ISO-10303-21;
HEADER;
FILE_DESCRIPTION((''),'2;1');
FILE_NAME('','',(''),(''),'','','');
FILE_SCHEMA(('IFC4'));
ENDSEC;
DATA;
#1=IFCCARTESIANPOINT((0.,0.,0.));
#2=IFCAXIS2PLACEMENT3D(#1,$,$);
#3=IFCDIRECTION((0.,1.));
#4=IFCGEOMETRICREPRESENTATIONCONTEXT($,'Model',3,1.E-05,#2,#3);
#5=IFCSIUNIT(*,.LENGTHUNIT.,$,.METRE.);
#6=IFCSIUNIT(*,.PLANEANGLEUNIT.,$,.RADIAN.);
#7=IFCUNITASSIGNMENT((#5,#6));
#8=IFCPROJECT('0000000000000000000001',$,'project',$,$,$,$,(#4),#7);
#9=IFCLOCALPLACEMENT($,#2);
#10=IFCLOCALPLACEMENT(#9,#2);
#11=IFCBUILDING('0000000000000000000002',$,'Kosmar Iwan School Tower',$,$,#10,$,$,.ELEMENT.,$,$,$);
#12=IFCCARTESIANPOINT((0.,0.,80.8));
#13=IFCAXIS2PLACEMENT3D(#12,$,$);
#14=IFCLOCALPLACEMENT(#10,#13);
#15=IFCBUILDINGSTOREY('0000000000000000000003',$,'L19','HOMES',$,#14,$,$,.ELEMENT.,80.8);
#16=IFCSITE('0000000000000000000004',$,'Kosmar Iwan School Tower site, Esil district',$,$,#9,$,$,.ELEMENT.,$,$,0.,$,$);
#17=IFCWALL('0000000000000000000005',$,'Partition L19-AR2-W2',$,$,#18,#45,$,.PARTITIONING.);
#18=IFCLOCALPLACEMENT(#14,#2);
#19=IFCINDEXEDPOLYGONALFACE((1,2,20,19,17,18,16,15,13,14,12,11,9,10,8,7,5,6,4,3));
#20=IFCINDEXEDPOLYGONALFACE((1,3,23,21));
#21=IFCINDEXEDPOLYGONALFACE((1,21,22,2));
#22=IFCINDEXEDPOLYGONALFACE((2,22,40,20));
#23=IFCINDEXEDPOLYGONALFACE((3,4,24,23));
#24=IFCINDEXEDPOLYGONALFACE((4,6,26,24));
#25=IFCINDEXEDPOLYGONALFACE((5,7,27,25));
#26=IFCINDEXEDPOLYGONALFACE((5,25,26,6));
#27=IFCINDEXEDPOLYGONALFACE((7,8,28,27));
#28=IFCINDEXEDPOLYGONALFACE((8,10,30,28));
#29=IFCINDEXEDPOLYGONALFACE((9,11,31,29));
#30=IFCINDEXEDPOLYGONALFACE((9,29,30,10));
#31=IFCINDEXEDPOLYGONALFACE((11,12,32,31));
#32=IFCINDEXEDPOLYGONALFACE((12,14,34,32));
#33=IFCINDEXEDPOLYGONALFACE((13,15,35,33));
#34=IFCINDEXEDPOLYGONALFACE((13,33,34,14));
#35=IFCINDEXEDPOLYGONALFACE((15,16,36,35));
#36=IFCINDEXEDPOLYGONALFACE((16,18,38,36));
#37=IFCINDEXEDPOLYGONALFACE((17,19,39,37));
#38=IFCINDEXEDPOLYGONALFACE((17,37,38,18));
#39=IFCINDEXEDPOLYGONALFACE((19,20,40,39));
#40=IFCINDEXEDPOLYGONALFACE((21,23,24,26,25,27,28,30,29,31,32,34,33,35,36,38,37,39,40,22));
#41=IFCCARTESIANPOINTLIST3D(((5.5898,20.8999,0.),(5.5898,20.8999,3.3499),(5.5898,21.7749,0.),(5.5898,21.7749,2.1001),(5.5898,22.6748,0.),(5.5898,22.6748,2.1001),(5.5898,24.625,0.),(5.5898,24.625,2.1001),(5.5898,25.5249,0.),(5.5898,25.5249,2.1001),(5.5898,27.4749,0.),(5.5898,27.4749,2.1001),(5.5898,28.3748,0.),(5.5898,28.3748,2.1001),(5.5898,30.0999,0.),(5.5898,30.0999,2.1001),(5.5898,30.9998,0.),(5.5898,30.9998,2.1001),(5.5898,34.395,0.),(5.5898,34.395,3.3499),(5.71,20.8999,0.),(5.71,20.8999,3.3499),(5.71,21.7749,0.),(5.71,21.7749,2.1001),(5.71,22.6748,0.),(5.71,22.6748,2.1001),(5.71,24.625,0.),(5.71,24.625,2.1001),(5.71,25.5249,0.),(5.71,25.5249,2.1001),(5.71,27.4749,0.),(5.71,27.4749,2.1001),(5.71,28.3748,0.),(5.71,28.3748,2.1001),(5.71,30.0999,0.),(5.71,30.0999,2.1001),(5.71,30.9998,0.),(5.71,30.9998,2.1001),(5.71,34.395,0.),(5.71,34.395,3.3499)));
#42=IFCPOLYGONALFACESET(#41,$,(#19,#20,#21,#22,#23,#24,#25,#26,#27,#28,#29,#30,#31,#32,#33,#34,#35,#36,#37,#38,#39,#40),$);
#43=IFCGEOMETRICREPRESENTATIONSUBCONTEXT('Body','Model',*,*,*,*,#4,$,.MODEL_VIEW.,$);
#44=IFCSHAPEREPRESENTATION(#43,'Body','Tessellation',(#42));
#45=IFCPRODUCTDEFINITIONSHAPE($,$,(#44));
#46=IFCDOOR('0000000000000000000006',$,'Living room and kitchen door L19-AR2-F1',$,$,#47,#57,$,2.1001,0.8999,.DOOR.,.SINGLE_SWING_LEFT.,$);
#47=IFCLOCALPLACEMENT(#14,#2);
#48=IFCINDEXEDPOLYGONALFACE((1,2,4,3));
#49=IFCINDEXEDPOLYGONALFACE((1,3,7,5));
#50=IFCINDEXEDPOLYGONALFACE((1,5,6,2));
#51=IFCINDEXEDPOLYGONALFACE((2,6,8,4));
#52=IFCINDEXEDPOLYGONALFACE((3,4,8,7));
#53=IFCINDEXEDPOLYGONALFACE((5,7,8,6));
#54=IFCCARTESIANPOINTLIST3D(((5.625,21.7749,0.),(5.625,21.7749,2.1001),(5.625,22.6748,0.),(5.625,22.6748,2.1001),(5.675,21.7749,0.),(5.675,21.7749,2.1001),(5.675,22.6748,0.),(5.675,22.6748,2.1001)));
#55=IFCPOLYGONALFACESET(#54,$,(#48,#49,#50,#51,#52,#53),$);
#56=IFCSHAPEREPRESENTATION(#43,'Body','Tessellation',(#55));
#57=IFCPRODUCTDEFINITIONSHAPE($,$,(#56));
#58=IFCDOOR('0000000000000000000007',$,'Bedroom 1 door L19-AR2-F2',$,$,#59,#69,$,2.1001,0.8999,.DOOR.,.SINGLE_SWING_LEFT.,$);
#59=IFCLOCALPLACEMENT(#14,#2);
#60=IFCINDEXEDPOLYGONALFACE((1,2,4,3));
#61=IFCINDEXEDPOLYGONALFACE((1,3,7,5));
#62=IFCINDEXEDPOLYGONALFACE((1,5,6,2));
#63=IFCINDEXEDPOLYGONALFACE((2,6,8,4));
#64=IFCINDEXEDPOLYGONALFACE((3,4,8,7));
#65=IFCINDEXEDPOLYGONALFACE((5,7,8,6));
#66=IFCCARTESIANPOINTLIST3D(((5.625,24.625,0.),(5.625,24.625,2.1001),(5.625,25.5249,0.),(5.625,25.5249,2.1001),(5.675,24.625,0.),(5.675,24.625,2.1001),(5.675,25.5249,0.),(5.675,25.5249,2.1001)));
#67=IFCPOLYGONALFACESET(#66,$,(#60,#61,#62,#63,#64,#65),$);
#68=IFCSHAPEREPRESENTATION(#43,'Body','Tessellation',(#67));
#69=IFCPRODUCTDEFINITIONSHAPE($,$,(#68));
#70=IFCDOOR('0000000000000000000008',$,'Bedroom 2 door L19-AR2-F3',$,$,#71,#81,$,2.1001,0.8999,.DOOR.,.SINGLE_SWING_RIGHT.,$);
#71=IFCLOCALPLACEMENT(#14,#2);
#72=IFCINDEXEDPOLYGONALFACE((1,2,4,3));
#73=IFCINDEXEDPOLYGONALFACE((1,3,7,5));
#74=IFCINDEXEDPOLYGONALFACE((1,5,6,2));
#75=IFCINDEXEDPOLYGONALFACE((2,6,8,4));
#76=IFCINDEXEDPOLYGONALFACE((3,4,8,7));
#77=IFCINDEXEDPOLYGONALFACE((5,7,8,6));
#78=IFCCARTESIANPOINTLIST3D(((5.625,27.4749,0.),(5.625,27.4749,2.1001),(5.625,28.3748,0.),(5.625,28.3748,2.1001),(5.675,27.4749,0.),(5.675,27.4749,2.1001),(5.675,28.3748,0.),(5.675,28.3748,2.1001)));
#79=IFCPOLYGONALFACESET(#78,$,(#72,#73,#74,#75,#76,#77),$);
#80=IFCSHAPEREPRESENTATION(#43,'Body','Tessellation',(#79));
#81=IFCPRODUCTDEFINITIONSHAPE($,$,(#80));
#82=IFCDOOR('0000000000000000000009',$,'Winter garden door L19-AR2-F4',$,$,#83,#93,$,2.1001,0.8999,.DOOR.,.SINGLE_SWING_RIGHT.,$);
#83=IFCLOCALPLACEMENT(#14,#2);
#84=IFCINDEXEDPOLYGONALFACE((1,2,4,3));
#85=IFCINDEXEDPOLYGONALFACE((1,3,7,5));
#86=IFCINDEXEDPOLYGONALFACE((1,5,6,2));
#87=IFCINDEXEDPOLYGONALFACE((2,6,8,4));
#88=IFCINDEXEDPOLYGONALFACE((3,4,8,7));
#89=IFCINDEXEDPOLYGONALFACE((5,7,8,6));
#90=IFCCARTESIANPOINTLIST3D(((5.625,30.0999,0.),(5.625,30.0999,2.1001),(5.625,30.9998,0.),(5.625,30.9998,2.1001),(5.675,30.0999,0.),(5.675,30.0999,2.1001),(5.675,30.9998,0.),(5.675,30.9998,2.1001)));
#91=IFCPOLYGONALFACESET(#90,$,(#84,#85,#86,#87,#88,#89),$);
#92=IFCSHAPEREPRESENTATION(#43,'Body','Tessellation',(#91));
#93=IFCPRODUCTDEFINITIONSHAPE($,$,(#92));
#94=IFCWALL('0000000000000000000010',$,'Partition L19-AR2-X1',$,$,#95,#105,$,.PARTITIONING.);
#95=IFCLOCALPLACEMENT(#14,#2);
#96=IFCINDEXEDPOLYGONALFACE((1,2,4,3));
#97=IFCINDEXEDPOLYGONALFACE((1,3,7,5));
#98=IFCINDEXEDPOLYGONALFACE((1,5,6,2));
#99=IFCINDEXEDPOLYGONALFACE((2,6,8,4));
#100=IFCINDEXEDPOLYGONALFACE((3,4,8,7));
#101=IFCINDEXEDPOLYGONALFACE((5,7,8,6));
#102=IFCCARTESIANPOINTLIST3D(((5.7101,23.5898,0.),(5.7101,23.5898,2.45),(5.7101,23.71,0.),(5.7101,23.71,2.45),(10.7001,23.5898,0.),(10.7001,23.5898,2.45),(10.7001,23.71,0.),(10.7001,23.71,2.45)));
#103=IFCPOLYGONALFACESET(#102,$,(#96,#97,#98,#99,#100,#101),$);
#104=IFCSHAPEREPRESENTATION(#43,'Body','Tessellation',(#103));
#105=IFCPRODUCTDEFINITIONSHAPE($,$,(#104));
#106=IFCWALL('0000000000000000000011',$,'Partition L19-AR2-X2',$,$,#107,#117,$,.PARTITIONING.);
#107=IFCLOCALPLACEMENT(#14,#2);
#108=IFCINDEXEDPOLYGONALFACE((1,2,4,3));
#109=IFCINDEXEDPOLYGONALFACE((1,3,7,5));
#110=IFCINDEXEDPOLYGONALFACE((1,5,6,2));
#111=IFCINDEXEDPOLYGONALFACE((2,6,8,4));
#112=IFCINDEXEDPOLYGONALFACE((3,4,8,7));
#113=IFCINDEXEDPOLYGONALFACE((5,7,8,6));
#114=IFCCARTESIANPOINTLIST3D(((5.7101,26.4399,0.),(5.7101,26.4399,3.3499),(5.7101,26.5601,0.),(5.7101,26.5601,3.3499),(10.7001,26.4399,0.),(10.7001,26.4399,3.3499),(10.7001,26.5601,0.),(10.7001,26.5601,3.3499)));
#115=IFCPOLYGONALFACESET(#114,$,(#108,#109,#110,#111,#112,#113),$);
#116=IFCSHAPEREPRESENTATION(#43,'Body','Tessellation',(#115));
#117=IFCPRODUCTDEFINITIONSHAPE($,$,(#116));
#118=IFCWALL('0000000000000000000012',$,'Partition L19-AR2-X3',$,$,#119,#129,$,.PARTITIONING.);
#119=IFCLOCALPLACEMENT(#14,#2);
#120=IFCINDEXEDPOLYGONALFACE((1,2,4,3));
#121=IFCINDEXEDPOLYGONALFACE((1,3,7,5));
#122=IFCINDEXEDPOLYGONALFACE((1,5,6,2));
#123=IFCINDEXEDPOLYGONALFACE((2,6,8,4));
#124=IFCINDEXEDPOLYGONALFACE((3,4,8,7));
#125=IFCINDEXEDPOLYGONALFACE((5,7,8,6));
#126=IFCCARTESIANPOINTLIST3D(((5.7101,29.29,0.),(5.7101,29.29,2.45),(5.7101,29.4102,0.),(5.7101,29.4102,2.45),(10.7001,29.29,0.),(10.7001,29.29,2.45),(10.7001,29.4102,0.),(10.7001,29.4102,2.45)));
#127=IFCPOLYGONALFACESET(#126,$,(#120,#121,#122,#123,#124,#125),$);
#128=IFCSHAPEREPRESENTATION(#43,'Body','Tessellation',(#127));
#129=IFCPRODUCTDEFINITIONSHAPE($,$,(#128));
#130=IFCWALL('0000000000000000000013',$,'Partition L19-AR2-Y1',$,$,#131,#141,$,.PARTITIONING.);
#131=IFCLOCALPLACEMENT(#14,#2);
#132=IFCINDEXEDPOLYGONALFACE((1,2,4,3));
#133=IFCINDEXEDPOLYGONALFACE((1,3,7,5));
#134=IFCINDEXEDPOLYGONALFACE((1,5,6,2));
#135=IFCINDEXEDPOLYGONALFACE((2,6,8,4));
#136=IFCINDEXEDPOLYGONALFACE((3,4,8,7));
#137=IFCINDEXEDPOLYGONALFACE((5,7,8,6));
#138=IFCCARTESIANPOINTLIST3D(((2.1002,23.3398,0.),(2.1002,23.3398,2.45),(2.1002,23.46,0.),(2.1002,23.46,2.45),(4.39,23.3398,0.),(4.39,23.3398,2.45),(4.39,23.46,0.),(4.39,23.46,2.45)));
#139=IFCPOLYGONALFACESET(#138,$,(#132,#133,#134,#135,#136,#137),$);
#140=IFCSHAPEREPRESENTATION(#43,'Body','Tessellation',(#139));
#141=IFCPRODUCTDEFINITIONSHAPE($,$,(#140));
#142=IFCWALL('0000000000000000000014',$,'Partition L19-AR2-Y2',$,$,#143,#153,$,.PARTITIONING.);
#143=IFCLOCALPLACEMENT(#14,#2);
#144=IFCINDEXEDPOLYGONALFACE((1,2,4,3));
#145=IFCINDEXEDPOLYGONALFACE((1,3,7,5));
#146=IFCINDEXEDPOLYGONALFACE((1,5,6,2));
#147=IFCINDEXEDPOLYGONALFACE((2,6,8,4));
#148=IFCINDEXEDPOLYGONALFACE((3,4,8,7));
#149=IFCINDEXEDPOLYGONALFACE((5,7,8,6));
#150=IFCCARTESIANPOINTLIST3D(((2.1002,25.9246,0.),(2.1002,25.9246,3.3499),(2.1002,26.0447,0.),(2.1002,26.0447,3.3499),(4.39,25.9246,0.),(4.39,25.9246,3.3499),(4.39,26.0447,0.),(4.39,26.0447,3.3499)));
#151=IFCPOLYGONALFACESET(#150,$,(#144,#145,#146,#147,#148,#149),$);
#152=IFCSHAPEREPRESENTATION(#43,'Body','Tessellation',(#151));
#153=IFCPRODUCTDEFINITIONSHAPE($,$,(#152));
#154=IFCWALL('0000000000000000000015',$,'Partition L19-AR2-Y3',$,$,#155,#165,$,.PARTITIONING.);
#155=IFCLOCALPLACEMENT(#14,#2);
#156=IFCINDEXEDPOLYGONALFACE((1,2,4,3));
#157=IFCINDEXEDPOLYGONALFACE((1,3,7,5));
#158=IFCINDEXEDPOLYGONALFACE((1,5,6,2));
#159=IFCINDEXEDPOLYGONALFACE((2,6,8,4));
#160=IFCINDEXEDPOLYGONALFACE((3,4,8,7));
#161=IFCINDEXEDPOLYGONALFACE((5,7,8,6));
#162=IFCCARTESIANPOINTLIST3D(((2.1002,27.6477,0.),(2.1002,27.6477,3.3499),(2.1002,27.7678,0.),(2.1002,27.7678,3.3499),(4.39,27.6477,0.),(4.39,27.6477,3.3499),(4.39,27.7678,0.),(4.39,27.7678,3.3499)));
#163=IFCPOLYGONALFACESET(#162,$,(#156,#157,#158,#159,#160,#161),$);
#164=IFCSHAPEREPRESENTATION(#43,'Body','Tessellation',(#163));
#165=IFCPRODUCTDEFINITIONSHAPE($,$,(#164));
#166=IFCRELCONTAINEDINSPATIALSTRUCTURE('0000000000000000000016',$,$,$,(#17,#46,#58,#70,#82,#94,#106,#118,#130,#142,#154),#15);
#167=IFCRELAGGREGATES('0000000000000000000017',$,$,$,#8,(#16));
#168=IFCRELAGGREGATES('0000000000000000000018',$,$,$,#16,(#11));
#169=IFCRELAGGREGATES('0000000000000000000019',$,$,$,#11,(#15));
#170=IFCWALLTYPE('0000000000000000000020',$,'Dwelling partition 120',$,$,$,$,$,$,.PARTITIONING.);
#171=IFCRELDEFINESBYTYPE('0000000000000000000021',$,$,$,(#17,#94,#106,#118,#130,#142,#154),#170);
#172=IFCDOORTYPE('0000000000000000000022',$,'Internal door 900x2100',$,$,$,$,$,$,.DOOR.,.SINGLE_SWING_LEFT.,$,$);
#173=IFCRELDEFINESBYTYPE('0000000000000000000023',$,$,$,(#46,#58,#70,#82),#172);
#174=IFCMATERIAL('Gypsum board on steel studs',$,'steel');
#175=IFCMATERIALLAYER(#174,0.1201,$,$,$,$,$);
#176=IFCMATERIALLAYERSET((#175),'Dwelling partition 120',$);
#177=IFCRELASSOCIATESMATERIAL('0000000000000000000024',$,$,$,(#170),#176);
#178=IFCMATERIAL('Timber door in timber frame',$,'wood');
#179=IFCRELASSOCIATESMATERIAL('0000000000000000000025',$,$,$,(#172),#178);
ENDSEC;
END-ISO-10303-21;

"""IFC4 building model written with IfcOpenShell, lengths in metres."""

from ifc_helpers import new_model, si_unit, direction, frame, frame_2d, origin, place, context, subcontext, project, spatial, rectangle, extrude, material, layer, layer_set, type_object, element, fill, save


model = new_model("IFC4")

# Units and contexts
model_context = context("Model", 3, precision=1e-05, world=origin(), true_north=direction((0.0, 1.0)))
body_context = subcontext(model_context, "Body", "Model", "MODEL_VIEW")
ifc_project = project(units=[si_unit("LENGTHUNIT", "METRE"), si_unit("PLANEANGLEUNIT", "RADIAN")], contexts=[model_context])

# Site, building, storey
site_placement = place(None, origin())
site = spatial("IfcSite", under=ifc_project, at=site_placement, Name="Kosmar Iwan School Tower site, Esil district", CompositionType="ELEMENT", RefElevation=0.0)
building_placement = place(site_placement, origin())
building = spatial("IfcBuilding", under=site, at=building_placement, Name="Kosmar Iwan School Tower", CompositionType="ELEMENT")
storey_placement = place(building_placement, frame((0.0, 0.0, 80.8)))
storey = spatial("IfcBuildingStorey", under=building, at=storey_placement, Name="L19", Description="HOMES", CompositionType="ELEMENT", Elevation=80.8)

# Wall, openings, doors
ifc_material_1 = material(Name="Gypsum board on steel studs", Category="steel")
ifc_layer_1 = layer(ifc_material_1, 0.1201)
ifc_layer_set_1 = layer_set([ifc_layer_1], Name="Dwelling partition 120")
wall_type_1 = type_object("IfcWallType", Name="Dwelling partition 120", PredefinedType="PARTITIONING", material=ifc_layer_set_1)
ifc_material_2 = material(Name="Timber door in timber frame", Category="wood")
door_type_1 = type_object("IfcDoorType", Name="Internal door 900x2100", OperationType="SINGLE_SWING_LEFT", PredefinedType="DOOR", material=ifc_material_2)
wall_1_placement = place(storey_placement, frame((5.6499, 20.8999, 0.0), z_axis=(0.0, 0.0, 1.0), x_axis=(0.0, 1.0, 0.0)))
wall_1 = element("IfcWall", 1, at=wall_1_placement, inside=storey, type_object=wall_type_1, Name="Partition L19-AR2-W2", PredefinedType="PARTITIONING", context=body_context, shape_type="SweptSolid", body=[
    extrude(rectangle(XDim=13.4951, YDim=0.1201, at=frame_2d((6.7476, 0.0))), origin(), (0.0, 0.0, 1.0), 3.3499),
])
opening_1_placement = place(wall_1_placement, frame((0.875, 0.0, 0.0)))
opening_1 = element("IfcOpeningElement", 2, at=opening_1_placement, cuts=wall_1, PredefinedType="OPENING", context=body_context, shape_type="SweptSolid", body=[
    extrude(rectangle(XDim=0.8999, YDim=2.1001, at=frame_2d((0.45, 1.05))), frame((0.0, 0.072, 0.0), z_axis=(0.0, -1.0, 0.0), x_axis=(1.0, 0.0, 0.0)), (0.0, 0.0, 1.0), 0.144),
])
opening_2_placement = place(wall_1_placement, frame((3.7251, 0.0, 0.0)))
opening_2 = element("IfcOpeningElement", 3, at=opening_2_placement, cuts=wall_1, PredefinedType="OPENING", context=body_context, shape_type="SweptSolid", body=[
    extrude(rectangle(XDim=0.8999, YDim=2.1001, at=frame_2d((0.45, 1.05))), frame((0.0, 0.072, 0.0), z_axis=(0.0, -1.0, 0.0), x_axis=(1.0, 0.0, 0.0)), (0.0, 0.0, 1.0), 0.144),
])
opening_3_placement = place(wall_1_placement, frame((6.575, 0.0, 0.0)))
opening_3 = element("IfcOpeningElement", 4, at=opening_3_placement, cuts=wall_1, PredefinedType="OPENING", context=body_context, shape_type="SweptSolid", body=[
    extrude(rectangle(XDim=0.8999, YDim=2.1001, at=frame_2d((0.45, 1.05))), frame((0.0, 0.072, 0.0), z_axis=(0.0, -1.0, 0.0), x_axis=(1.0, 0.0, 0.0)), (0.0, 0.0, 1.0), 0.144),
])
opening_4_placement = place(wall_1_placement, frame((9.2, 0.0, 0.0)))
opening_4 = element("IfcOpeningElement", 5, at=opening_4_placement, cuts=wall_1, PredefinedType="OPENING", context=body_context, shape_type="SweptSolid", body=[
    extrude(rectangle(XDim=0.8999, YDim=2.1001, at=frame_2d((0.45, 1.05))), frame((0.0, 0.072, 0.0), z_axis=(0.0, -1.0, 0.0), x_axis=(1.0, 0.0, 0.0)), (0.0, 0.0, 1.0), 0.144),
])
door_1_placement = place(opening_1_placement, origin())
door_1 = element("IfcDoor", 6, at=door_1_placement, inside=storey, type_object=door_type_1, Name="Living room and kitchen door L19-AR2-F1", OperationType="SINGLE_SWING_LEFT", OverallHeight=2.1001, OverallWidth=0.8999, PredefinedType="DOOR", context=body_context, shape_type="SweptSolid", body=[
    extrude(rectangle(XDim=0.8999, YDim=2.1001, at=frame_2d((0.45, 1.05))), frame((0.0, 0.0249, 0.0), z_axis=(0.0, -1.0, 0.0), x_axis=(1.0, 0.0, 0.0)), (0.0, 0.0, 1.0), 0.05),
])
fill(opening_1, door_1)
door_2_placement = place(opening_2_placement, origin())
door_2 = element("IfcDoor", 7, at=door_2_placement, inside=storey, type_object=door_type_1, Name="Bedroom 1 door L19-AR2-F2", OperationType="SINGLE_SWING_LEFT", OverallHeight=2.1001, OverallWidth=0.8999, PredefinedType="DOOR", context=body_context, shape_type="SweptSolid", body=[
    extrude(rectangle(XDim=0.8999, YDim=2.1001, at=frame_2d((0.45, 1.05))), frame((0.0, 0.0249, 0.0), z_axis=(0.0, -1.0, 0.0), x_axis=(1.0, 0.0, 0.0)), (0.0, 0.0, 1.0), 0.05),
])
fill(opening_2, door_2)
door_3_placement = place(opening_3_placement, origin())
door_3 = element("IfcDoor", 8, at=door_3_placement, inside=storey, type_object=door_type_1, Name="Bedroom 2 door L19-AR2-F3", OperationType="SINGLE_SWING_RIGHT", OverallHeight=2.1001, OverallWidth=0.8999, PredefinedType="DOOR", context=body_context, shape_type="SweptSolid", body=[
    extrude(rectangle(XDim=0.8999, YDim=2.1001, at=frame_2d((0.45, 1.05))), frame((0.0, 0.0249, 0.0), z_axis=(0.0, -1.0, 0.0), x_axis=(1.0, 0.0, 0.0)), (0.0, 0.0, 1.0), 0.05),
])
fill(opening_3, door_3)
door_4_placement = place(opening_4_placement, origin())
door_4 = element("IfcDoor", 9, at=door_4_placement, inside=storey, type_object=door_type_1, Name="Winter garden door L19-AR2-F4", OperationType="SINGLE_SWING_RIGHT", OverallHeight=2.1001, OverallWidth=0.8999, PredefinedType="DOOR", context=body_context, shape_type="SweptSolid", body=[
    extrude(rectangle(XDim=0.8999, YDim=2.1001, at=frame_2d((0.45, 1.05))), frame((0.0, 0.0249, 0.0), z_axis=(0.0, -1.0, 0.0), x_axis=(1.0, 0.0, 0.0)), (0.0, 0.0, 1.0), 0.05),
])
fill(opening_4, door_4)

# Walls
wall_2_placement = place(storey_placement, frame((5.71, 23.6499, 0.0), z_axis=(0.0, 0.0, 1.0), x_axis=(1.0, 0.0, 0.0)))
element("IfcWall", 10, at=wall_2_placement, inside=storey, type_object=wall_type_1, Name="Partition L19-AR2-X1", PredefinedType="PARTITIONING", context=body_context, shape_type="SweptSolid", body=[
    extrude(rectangle(XDim=4.99, YDim=0.1201, at=frame_2d((2.4951, 0.0))), origin(), (0.0, 0.0, 1.0), 2.45),
])
wall_3_placement = place(storey_placement, frame((5.71, 26.5, 0.0), z_axis=(0.0, 0.0, 1.0), x_axis=(1.0, 0.0, 0.0)))
element("IfcWall", 11, at=wall_3_placement, inside=storey, type_object=wall_type_1, Name="Partition L19-AR2-X2", PredefinedType="PARTITIONING", context=body_context, shape_type="SweptSolid", body=[
    extrude(rectangle(XDim=4.99, YDim=0.1201, at=frame_2d((2.4951, 0.0))), origin(), (0.0, 0.0, 1.0), 3.3499),
])
wall_4_placement = place(storey_placement, frame((5.71, 29.3501, 0.0), z_axis=(0.0, 0.0, 1.0), x_axis=(1.0, 0.0, 0.0)))
element("IfcWall", 12, at=wall_4_placement, inside=storey, type_object=wall_type_1, Name="Partition L19-AR2-X3", PredefinedType="PARTITIONING", context=body_context, shape_type="SweptSolid", body=[
    extrude(rectangle(XDim=4.99, YDim=0.1201, at=frame_2d((2.4951, 0.0))), origin(), (0.0, 0.0, 1.0), 2.45),
])
wall_5_placement = place(storey_placement, frame((2.1001, 23.3999, 0.0), z_axis=(0.0, 0.0, 1.0), x_axis=(1.0, 0.0, 0.0)))
element("IfcWall", 13, at=wall_5_placement, inside=storey, type_object=wall_type_1, Name="Partition L19-AR2-Y1", PredefinedType="PARTITIONING", context=body_context, shape_type="SweptSolid", body=[
    extrude(rectangle(XDim=2.2898, YDim=0.1201, at=frame_2d((1.145, 0.0))), origin(), (0.0, 0.0, 1.0), 2.45),
])
for number, where, z_axis, x_axis, name in (
    (14, (2.1001, 25.9846, 0.0), (0.0, 0.0, 1.0), (1.0, 0.0, 0.0), "Partition L19-AR2-Y2"),
    (15, (2.1001, 27.7078, 0.0), (0.0, 0.0, 1.0), (1.0, 0.0, 0.0), "Partition L19-AR2-Y3"),
):
    element("IfcWall", number, at=place(storey_placement, frame(where, z_axis=z_axis, x_axis=x_axis)), inside=storey, type_object=wall_type_1, Name=name, PredefinedType="PARTITIONING", context=body_context, shape_type="SweptSolid", body=[
        extrude(rectangle(XDim=2.2898, YDim=0.1201, at=frame_2d((1.145, 0.0))), origin(), (0.0, 0.0, 1.0), 3.3499),
    ])

save(model, "model.ifc")
